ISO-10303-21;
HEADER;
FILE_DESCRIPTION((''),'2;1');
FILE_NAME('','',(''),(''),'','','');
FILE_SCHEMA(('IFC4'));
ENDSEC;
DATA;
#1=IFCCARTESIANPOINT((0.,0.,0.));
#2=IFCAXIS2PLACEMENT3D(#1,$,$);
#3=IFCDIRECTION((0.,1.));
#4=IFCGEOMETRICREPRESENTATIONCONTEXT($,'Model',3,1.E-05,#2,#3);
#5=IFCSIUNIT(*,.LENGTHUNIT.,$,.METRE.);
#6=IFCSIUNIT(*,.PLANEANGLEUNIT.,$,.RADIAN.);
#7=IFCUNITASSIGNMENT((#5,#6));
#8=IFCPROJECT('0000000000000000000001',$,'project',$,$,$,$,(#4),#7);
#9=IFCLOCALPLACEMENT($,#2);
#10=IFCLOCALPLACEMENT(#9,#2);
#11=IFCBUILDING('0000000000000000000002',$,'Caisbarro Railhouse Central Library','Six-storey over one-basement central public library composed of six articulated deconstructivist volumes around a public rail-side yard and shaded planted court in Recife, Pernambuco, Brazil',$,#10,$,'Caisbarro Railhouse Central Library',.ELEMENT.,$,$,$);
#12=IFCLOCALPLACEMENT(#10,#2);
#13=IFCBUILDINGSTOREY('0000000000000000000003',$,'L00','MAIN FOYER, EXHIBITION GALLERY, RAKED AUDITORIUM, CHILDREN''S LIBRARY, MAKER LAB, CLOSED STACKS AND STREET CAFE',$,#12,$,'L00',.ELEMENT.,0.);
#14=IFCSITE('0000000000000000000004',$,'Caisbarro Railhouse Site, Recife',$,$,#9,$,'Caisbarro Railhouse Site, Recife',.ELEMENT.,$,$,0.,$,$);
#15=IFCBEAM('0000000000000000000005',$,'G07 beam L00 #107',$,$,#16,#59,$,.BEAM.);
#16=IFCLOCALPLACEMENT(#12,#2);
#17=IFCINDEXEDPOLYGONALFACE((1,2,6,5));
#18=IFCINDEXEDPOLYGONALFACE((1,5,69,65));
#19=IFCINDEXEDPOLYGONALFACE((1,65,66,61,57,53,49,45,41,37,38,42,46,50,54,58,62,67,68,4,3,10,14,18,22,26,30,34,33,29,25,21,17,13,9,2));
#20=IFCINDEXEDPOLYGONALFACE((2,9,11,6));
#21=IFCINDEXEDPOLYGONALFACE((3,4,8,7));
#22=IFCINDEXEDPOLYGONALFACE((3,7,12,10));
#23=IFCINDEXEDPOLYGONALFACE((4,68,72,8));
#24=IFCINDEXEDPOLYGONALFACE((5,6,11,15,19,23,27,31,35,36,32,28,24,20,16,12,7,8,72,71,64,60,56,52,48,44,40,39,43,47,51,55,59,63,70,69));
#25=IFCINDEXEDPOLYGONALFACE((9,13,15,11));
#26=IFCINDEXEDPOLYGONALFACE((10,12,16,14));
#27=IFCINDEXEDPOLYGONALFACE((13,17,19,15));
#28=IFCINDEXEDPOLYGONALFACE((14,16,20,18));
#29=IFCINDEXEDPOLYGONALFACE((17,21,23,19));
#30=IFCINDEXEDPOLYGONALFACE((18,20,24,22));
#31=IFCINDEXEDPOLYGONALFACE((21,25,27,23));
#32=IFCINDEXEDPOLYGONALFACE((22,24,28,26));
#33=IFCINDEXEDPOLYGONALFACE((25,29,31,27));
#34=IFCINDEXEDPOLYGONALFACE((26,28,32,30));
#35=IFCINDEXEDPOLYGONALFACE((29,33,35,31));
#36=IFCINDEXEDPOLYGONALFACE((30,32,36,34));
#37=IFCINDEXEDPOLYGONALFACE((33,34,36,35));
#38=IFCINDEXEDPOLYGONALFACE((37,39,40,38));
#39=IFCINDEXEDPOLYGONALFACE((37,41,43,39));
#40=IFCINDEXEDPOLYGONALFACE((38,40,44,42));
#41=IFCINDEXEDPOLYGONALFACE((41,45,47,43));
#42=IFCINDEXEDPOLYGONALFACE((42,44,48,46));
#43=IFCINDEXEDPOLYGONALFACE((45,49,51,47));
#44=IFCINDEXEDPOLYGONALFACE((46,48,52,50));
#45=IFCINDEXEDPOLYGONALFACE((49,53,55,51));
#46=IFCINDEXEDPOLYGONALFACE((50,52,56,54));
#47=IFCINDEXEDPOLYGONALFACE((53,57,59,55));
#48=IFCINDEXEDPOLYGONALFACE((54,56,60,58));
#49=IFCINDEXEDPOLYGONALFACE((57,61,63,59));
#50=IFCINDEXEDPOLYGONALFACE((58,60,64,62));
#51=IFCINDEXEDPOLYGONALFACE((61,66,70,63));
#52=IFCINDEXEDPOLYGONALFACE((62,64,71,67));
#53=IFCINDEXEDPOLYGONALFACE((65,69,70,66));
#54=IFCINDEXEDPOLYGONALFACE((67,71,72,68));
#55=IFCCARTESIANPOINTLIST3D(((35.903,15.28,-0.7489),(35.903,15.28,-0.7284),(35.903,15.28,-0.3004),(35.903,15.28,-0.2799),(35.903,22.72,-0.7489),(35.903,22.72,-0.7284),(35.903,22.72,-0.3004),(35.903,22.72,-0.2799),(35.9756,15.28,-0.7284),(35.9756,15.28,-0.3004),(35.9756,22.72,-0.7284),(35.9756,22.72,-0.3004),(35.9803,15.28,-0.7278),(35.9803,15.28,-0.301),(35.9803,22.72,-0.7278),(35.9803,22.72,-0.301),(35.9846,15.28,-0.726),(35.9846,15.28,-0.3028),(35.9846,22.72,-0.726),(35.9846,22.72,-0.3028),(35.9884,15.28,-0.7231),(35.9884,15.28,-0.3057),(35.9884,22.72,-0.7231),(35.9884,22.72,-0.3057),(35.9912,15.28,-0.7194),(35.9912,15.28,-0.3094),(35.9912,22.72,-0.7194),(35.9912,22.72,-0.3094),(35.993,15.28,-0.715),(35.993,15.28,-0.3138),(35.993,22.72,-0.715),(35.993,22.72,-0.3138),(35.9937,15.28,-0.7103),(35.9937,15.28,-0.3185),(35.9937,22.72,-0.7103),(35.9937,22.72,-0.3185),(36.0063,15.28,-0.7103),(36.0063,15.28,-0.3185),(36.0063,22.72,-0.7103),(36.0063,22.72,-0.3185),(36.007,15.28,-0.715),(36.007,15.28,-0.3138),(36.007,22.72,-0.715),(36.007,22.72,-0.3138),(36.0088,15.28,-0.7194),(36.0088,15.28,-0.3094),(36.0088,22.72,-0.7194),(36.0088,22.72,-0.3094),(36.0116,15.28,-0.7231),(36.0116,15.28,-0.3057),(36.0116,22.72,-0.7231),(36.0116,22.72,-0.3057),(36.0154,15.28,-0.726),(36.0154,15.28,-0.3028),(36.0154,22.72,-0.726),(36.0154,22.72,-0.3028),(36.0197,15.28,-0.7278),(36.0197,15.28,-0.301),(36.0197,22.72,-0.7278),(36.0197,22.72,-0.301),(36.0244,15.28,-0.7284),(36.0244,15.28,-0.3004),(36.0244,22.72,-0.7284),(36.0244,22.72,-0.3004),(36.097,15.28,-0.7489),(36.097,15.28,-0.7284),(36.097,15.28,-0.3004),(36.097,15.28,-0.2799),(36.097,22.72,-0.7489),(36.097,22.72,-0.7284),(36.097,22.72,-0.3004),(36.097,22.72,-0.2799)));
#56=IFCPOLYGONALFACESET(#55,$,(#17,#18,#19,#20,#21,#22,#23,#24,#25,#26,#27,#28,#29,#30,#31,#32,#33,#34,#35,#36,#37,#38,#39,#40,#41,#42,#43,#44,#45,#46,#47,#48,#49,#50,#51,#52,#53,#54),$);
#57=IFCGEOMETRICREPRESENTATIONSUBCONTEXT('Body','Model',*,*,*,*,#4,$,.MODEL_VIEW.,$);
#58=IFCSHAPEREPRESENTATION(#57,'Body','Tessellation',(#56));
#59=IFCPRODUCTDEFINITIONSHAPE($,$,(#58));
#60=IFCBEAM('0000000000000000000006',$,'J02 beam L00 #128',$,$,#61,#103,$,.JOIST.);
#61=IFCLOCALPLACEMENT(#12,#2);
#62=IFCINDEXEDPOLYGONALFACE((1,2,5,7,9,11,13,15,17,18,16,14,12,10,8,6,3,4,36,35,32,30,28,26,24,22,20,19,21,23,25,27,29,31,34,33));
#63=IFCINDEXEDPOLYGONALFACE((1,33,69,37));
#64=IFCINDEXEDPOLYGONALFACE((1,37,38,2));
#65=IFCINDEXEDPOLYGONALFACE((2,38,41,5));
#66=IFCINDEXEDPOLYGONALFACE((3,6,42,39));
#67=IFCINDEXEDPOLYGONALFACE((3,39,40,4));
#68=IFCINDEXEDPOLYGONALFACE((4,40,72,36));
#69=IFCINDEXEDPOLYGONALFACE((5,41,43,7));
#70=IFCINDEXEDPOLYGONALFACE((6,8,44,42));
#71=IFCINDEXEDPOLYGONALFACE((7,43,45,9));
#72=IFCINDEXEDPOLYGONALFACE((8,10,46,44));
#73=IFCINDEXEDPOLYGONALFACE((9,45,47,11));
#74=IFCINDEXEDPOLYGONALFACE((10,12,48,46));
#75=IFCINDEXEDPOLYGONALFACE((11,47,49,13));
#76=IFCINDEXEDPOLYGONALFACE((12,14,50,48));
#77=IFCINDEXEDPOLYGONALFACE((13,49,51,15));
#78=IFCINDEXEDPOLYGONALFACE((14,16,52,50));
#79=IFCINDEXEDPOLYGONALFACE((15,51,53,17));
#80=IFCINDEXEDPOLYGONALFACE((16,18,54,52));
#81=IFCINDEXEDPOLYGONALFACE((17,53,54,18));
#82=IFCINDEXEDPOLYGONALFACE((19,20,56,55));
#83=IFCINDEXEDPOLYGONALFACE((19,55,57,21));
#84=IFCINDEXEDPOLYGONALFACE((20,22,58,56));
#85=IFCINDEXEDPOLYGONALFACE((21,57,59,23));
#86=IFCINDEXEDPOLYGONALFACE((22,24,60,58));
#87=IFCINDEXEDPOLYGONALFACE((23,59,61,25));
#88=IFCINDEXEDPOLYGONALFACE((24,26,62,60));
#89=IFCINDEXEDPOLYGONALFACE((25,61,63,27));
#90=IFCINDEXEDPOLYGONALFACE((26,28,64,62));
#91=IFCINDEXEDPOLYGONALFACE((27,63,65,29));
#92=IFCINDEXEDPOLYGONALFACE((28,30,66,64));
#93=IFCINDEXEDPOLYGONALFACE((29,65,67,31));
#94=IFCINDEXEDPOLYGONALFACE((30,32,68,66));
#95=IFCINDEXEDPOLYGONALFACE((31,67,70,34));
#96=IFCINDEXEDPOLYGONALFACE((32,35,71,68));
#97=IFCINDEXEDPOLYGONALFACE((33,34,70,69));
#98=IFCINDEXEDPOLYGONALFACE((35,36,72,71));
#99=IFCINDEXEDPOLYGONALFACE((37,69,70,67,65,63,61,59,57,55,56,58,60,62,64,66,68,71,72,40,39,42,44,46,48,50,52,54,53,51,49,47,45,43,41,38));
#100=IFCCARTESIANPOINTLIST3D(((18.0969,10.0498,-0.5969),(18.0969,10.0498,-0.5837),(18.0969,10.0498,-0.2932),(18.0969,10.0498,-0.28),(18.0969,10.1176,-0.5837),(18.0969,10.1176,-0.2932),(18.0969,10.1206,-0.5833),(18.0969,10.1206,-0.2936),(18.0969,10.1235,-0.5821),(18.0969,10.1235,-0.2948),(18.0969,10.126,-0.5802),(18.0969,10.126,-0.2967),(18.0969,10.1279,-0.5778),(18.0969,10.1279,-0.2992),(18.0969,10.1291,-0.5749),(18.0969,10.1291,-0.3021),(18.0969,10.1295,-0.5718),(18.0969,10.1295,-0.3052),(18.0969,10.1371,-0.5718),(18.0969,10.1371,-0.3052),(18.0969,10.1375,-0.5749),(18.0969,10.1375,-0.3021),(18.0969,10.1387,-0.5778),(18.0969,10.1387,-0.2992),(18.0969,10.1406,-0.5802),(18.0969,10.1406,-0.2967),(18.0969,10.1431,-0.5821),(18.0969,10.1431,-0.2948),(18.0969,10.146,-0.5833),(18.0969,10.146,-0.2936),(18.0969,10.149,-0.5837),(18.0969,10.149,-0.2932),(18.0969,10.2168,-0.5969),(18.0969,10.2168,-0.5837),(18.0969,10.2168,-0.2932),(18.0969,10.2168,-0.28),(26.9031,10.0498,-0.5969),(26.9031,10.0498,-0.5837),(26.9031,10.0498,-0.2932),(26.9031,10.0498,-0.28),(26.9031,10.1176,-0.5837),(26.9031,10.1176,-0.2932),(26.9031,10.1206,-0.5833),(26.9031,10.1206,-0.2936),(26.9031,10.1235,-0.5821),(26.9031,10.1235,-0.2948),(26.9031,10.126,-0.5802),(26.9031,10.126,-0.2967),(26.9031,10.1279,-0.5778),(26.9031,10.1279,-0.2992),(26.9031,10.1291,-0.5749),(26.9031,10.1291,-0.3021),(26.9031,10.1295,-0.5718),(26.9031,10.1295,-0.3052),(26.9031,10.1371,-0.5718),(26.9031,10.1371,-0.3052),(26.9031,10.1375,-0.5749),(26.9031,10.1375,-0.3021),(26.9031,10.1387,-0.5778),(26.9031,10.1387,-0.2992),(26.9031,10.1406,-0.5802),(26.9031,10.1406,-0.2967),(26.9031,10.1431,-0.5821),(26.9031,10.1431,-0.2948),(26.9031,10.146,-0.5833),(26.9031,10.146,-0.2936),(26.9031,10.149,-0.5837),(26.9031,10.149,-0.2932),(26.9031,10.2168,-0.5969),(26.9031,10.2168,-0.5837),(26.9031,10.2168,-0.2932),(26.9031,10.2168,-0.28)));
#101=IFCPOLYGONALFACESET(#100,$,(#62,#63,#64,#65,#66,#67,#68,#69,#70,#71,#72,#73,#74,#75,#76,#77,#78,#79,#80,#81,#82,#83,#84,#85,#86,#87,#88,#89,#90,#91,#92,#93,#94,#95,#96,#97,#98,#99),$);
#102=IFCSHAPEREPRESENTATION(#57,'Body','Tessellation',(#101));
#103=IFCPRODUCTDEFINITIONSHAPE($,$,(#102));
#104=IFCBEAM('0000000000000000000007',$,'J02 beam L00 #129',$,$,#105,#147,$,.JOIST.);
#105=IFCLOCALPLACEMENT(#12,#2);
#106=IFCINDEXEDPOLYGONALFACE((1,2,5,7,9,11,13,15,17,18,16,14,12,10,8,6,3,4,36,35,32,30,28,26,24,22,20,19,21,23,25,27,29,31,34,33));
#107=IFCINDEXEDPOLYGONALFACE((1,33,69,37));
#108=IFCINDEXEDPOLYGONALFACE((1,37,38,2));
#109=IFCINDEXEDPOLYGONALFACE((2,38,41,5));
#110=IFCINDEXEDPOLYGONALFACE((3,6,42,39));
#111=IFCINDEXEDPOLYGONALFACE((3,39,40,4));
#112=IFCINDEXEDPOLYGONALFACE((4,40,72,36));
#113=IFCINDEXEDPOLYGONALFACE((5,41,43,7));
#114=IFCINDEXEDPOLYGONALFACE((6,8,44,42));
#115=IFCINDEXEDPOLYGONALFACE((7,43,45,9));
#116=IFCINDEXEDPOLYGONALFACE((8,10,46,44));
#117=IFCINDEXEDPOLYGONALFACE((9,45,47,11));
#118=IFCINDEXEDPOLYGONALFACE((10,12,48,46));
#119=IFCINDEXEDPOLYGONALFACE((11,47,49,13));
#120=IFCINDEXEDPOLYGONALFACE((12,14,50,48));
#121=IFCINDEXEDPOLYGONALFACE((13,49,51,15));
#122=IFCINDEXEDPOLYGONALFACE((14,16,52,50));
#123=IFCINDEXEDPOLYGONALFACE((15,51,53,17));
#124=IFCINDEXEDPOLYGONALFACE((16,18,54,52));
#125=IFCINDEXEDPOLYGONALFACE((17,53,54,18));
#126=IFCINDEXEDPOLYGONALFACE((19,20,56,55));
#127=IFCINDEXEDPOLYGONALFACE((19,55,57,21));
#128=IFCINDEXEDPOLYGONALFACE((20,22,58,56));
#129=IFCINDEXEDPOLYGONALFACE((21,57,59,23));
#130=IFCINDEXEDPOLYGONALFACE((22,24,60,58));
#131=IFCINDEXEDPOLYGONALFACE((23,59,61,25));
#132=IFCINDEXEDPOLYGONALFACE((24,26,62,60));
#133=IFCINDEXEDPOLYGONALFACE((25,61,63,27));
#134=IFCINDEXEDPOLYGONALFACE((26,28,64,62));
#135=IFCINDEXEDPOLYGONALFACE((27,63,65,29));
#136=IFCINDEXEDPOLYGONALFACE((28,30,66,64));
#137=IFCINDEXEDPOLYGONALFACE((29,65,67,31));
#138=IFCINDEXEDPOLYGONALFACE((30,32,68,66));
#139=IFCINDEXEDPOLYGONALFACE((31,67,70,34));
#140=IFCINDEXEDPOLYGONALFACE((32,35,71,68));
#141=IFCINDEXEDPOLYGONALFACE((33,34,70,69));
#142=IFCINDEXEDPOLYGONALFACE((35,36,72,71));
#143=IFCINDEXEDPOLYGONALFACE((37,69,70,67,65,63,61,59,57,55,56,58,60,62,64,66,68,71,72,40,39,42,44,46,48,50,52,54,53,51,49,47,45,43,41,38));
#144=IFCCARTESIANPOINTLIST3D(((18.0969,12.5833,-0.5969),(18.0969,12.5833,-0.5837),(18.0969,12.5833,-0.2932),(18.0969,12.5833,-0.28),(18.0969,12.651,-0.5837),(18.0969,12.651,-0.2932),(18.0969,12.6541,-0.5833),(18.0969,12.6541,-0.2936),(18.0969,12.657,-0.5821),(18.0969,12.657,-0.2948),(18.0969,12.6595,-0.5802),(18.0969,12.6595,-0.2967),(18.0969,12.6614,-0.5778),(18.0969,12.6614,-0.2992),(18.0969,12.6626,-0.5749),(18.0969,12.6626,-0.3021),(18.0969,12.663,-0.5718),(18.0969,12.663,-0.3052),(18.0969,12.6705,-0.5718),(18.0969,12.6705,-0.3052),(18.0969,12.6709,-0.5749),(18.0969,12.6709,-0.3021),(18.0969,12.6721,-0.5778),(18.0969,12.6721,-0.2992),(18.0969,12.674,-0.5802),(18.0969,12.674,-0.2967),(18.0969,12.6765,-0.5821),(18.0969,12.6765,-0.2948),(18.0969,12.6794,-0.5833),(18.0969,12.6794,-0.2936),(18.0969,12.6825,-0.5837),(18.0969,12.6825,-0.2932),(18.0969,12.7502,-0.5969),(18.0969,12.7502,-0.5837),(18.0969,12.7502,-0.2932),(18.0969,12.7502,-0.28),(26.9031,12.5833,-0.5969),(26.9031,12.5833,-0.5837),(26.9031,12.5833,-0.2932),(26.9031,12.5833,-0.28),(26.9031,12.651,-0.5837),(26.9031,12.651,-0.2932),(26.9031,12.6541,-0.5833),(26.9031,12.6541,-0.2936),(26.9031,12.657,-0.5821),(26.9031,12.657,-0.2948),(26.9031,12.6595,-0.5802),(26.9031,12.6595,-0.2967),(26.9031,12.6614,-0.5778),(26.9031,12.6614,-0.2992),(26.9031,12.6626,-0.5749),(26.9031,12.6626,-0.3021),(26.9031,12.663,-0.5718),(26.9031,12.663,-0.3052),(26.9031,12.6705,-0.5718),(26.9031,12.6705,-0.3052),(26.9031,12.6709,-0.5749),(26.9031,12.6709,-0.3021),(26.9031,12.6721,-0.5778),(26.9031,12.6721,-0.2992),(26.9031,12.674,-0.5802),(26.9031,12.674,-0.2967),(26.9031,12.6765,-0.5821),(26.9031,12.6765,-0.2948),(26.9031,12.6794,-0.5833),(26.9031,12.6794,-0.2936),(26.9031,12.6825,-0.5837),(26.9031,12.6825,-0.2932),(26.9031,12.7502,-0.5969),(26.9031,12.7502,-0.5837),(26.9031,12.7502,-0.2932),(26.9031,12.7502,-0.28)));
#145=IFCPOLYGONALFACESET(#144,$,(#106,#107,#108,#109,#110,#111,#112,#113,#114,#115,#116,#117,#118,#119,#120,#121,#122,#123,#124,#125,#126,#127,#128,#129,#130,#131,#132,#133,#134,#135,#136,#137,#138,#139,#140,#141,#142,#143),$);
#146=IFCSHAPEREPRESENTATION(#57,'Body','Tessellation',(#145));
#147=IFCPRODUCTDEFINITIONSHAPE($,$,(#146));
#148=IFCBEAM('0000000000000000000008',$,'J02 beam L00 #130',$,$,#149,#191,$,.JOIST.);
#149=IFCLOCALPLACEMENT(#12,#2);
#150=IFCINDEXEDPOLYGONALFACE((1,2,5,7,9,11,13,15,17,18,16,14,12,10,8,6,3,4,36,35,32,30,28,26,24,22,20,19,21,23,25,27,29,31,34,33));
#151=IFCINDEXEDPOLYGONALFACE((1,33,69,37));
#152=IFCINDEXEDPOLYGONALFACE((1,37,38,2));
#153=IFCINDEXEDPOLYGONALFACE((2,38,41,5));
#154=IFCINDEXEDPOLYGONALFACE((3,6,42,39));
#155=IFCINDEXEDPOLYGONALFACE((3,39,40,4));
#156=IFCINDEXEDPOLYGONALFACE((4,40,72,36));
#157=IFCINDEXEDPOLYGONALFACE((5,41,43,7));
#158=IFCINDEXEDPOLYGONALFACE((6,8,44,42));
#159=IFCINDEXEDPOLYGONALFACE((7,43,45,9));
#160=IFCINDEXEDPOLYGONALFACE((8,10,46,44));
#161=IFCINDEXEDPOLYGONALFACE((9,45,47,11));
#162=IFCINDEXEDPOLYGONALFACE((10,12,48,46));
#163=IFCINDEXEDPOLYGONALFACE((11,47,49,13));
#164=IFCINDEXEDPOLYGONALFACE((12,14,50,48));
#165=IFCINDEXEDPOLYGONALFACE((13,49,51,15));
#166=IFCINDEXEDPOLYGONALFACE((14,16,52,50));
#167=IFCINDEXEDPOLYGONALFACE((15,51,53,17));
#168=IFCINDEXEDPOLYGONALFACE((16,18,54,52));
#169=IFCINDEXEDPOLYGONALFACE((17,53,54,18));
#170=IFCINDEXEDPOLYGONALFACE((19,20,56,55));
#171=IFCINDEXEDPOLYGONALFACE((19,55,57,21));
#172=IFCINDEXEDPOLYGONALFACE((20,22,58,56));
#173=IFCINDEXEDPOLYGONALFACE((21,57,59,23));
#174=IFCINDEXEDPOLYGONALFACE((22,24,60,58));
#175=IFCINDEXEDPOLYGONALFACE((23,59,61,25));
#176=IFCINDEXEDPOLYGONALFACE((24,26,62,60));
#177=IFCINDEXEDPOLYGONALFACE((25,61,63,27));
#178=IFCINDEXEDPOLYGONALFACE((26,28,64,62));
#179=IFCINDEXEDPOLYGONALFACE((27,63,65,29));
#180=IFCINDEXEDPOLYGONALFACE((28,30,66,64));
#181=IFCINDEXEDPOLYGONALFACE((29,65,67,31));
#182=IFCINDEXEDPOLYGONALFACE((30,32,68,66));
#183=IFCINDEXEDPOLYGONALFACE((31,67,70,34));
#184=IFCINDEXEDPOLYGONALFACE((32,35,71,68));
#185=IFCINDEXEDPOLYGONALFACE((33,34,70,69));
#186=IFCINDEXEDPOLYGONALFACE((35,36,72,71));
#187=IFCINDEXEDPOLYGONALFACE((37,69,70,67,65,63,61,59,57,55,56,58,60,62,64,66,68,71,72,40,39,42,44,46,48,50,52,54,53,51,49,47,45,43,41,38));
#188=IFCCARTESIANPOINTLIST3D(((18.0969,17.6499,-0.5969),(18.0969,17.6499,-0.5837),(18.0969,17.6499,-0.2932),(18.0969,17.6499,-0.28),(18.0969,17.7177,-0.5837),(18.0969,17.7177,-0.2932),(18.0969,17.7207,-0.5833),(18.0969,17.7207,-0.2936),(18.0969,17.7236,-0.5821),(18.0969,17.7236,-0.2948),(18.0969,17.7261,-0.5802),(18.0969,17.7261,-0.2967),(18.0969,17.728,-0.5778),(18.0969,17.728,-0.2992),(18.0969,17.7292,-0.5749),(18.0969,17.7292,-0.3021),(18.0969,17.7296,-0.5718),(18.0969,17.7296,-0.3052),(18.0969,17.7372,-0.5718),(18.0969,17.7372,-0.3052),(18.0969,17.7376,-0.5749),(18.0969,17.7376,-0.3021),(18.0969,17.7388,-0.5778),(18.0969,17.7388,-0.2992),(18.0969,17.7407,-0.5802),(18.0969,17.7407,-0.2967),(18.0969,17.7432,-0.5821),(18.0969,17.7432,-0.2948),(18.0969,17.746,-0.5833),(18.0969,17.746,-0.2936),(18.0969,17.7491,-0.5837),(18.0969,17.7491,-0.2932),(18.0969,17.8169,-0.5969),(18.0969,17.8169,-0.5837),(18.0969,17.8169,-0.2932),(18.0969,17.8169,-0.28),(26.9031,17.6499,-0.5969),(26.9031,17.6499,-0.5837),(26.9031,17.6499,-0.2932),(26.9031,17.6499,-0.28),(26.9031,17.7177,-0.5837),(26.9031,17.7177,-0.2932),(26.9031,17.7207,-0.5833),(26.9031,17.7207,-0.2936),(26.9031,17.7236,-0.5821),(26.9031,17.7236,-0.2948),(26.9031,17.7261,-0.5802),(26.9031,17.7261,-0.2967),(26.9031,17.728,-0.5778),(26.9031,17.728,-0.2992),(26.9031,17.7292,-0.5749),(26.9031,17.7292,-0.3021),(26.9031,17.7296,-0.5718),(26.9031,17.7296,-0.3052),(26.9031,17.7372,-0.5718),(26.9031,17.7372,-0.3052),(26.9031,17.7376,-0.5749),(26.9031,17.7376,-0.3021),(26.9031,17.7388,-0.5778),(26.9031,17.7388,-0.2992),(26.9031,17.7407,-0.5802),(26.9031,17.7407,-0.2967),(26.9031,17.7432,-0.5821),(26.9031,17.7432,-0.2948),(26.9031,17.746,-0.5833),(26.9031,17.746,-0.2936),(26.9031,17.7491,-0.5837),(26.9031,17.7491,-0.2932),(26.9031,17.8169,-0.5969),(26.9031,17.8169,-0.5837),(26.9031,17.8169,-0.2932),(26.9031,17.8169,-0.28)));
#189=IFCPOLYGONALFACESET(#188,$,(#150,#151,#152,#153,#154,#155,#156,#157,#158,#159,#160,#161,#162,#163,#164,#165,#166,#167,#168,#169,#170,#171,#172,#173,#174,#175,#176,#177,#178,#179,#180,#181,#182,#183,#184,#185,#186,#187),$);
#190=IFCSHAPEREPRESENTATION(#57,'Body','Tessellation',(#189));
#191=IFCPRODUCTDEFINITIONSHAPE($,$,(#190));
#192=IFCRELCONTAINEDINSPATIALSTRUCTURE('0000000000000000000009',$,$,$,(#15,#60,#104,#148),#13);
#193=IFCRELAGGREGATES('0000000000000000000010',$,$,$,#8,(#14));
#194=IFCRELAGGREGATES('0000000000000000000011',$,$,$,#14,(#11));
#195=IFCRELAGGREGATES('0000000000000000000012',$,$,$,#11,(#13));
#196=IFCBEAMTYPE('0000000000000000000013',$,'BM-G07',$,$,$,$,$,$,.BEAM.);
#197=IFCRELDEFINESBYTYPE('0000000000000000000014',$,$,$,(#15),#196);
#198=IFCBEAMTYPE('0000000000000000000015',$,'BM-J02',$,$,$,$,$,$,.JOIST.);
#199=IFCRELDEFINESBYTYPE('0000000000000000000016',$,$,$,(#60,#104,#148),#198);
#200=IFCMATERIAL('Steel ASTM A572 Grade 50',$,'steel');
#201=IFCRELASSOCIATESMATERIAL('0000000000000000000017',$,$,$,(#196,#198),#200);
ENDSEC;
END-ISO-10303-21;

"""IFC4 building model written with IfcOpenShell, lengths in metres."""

from ifc_helpers import new_model, si_unit, direction, frame, origin, origin_2d, place, context, subcontext, project, spatial, i_section, extrude, material, material_profile, profile_set, type_object, element, save


model = new_model("IFC4")

# Units and contexts
model_context = context("Model", 3, precision=1e-05, world=origin(), true_north=direction((0.0, 1.0)))
body_context = subcontext(model_context, "Body", "Model", "MODEL_VIEW")
ifc_project = project(units=[si_unit("LENGTHUNIT", "METRE"), si_unit("PLANEANGLEUNIT", "RADIAN")], contexts=[model_context])

# Site, building, storey
site_placement = place(None, origin())
site = spatial("IfcSite", under=ifc_project, at=site_placement, Name="Caisbarro Railhouse Site, Recife", LongName="Caisbarro Railhouse Site, Recife", CompositionType="ELEMENT", RefElevation=0.0)
building_placement = place(site_placement, origin())
building = spatial("IfcBuilding", under=site, at=building_placement, Name="Caisbarro Railhouse Central Library", Description="Six-storey over one-basement central public library composed of six articulated deconstructivist volumes around a public rail-side yard and shaded planted court in Recife, Pernambuco, Brazil", LongName="Caisbarro Railhouse Central Library", CompositionType="ELEMENT")
storey_placement = place(building_placement, origin())
storey = spatial("IfcBuildingStorey", under=building, at=storey_placement, Name="L00", Description="MAIN FOYER, EXHIBITION GALLERY, RAKED AUDITORIUM, CHILDREN'S LIBRARY, MAKER LAB, CLOSED STACKS AND STREET CAFE", LongName="L00", CompositionType="ELEMENT", Elevation=0.0)

# Shared definitions
ifc_material_1 = material(Name="Steel ASTM A572 Grade 50", Category="steel")

# Beams
ifc_material_profile_1 = material_profile(ifc_material_1, i_section(OverallWidth=0.1941, OverallDepth=0.469, WebThickness=0.0127, FlangeThickness=0.0205, FilletRadius=0.0181, at=origin_2d()), Name="W460X106.0")
ifc_profile_set_1 = profile_set([ifc_material_profile_1], Name="Steel ASTM A572 Grade 50")
beam_type_1 = type_object("IfcBeamType", Name="BM-G07", PredefinedType="BEAM", material=ifc_profile_set_1)
beam_1_placement = place(storey_placement, frame((36.0, 15.28, -0.5144), z_axis=(0.0, 1.0, 0.0), x_axis=(-1.0, 0.0, 0.0)))
element("IfcBeam", 1, at=beam_1_placement, inside=storey, type_object=beam_type_1, Name="G07 beam L00 #107", PredefinedType="BEAM", context=body_context, shape_type="SweptSolid", body=[
    extrude(i_section(OverallWidth=0.1941, OverallDepth=0.469, WebThickness=0.0127, FlangeThickness=0.0205, FilletRadius=0.0181, at=origin_2d()), origin(), (0.0, 0.0, 1.0), 7.4399),
])
ifc_material_profile_2 = material_profile(ifc_material_1, i_section(OverallWidth=0.167, OverallDepth=0.3169, WebThickness=0.0076, FlangeThickness=0.0132, FilletRadius=0.012, at=origin_2d()), Name="W310X52.0")
ifc_profile_set_2 = profile_set([ifc_material_profile_2], Name="Steel ASTM A572 Grade 50")
beam_type_2 = type_object("IfcBeamType", Name="BM-J02", PredefinedType="JOIST", material=ifc_profile_set_2)
for number, where, z_axis, x_axis, name in (
    (2, (18.0969, 10.1333, -0.4385), (1.0, 0.0, 0.0), (0.0, 1.0, 0.0), "J02 beam L00 #128"),
    (3, (18.0969, 12.6667, -0.4385), (1.0, 0.0, 0.0), (0.0, 1.0, 0.0), "J02 beam L00 #129"),
    (4, (18.0969, 17.7334, -0.4385), (1.0, 0.0, 0.0), (0.0, 1.0, 0.0), "J02 beam L00 #130"),
):
    element("IfcBeam", number, at=place(storey_placement, frame(where, z_axis=z_axis, x_axis=x_axis)), inside=storey, type_object=beam_type_2, Name=name, PredefinedType="JOIST", context=body_context, shape_type="SweptSolid", body=[
        extrude(i_section(OverallWidth=0.167, OverallDepth=0.3169, WebThickness=0.0076, FlangeThickness=0.0132, FilletRadius=0.012, at=origin_2d()), origin(), (0.0, 0.0, 1.0), 8.8062),
    ])

save(model, "model.ifc")
